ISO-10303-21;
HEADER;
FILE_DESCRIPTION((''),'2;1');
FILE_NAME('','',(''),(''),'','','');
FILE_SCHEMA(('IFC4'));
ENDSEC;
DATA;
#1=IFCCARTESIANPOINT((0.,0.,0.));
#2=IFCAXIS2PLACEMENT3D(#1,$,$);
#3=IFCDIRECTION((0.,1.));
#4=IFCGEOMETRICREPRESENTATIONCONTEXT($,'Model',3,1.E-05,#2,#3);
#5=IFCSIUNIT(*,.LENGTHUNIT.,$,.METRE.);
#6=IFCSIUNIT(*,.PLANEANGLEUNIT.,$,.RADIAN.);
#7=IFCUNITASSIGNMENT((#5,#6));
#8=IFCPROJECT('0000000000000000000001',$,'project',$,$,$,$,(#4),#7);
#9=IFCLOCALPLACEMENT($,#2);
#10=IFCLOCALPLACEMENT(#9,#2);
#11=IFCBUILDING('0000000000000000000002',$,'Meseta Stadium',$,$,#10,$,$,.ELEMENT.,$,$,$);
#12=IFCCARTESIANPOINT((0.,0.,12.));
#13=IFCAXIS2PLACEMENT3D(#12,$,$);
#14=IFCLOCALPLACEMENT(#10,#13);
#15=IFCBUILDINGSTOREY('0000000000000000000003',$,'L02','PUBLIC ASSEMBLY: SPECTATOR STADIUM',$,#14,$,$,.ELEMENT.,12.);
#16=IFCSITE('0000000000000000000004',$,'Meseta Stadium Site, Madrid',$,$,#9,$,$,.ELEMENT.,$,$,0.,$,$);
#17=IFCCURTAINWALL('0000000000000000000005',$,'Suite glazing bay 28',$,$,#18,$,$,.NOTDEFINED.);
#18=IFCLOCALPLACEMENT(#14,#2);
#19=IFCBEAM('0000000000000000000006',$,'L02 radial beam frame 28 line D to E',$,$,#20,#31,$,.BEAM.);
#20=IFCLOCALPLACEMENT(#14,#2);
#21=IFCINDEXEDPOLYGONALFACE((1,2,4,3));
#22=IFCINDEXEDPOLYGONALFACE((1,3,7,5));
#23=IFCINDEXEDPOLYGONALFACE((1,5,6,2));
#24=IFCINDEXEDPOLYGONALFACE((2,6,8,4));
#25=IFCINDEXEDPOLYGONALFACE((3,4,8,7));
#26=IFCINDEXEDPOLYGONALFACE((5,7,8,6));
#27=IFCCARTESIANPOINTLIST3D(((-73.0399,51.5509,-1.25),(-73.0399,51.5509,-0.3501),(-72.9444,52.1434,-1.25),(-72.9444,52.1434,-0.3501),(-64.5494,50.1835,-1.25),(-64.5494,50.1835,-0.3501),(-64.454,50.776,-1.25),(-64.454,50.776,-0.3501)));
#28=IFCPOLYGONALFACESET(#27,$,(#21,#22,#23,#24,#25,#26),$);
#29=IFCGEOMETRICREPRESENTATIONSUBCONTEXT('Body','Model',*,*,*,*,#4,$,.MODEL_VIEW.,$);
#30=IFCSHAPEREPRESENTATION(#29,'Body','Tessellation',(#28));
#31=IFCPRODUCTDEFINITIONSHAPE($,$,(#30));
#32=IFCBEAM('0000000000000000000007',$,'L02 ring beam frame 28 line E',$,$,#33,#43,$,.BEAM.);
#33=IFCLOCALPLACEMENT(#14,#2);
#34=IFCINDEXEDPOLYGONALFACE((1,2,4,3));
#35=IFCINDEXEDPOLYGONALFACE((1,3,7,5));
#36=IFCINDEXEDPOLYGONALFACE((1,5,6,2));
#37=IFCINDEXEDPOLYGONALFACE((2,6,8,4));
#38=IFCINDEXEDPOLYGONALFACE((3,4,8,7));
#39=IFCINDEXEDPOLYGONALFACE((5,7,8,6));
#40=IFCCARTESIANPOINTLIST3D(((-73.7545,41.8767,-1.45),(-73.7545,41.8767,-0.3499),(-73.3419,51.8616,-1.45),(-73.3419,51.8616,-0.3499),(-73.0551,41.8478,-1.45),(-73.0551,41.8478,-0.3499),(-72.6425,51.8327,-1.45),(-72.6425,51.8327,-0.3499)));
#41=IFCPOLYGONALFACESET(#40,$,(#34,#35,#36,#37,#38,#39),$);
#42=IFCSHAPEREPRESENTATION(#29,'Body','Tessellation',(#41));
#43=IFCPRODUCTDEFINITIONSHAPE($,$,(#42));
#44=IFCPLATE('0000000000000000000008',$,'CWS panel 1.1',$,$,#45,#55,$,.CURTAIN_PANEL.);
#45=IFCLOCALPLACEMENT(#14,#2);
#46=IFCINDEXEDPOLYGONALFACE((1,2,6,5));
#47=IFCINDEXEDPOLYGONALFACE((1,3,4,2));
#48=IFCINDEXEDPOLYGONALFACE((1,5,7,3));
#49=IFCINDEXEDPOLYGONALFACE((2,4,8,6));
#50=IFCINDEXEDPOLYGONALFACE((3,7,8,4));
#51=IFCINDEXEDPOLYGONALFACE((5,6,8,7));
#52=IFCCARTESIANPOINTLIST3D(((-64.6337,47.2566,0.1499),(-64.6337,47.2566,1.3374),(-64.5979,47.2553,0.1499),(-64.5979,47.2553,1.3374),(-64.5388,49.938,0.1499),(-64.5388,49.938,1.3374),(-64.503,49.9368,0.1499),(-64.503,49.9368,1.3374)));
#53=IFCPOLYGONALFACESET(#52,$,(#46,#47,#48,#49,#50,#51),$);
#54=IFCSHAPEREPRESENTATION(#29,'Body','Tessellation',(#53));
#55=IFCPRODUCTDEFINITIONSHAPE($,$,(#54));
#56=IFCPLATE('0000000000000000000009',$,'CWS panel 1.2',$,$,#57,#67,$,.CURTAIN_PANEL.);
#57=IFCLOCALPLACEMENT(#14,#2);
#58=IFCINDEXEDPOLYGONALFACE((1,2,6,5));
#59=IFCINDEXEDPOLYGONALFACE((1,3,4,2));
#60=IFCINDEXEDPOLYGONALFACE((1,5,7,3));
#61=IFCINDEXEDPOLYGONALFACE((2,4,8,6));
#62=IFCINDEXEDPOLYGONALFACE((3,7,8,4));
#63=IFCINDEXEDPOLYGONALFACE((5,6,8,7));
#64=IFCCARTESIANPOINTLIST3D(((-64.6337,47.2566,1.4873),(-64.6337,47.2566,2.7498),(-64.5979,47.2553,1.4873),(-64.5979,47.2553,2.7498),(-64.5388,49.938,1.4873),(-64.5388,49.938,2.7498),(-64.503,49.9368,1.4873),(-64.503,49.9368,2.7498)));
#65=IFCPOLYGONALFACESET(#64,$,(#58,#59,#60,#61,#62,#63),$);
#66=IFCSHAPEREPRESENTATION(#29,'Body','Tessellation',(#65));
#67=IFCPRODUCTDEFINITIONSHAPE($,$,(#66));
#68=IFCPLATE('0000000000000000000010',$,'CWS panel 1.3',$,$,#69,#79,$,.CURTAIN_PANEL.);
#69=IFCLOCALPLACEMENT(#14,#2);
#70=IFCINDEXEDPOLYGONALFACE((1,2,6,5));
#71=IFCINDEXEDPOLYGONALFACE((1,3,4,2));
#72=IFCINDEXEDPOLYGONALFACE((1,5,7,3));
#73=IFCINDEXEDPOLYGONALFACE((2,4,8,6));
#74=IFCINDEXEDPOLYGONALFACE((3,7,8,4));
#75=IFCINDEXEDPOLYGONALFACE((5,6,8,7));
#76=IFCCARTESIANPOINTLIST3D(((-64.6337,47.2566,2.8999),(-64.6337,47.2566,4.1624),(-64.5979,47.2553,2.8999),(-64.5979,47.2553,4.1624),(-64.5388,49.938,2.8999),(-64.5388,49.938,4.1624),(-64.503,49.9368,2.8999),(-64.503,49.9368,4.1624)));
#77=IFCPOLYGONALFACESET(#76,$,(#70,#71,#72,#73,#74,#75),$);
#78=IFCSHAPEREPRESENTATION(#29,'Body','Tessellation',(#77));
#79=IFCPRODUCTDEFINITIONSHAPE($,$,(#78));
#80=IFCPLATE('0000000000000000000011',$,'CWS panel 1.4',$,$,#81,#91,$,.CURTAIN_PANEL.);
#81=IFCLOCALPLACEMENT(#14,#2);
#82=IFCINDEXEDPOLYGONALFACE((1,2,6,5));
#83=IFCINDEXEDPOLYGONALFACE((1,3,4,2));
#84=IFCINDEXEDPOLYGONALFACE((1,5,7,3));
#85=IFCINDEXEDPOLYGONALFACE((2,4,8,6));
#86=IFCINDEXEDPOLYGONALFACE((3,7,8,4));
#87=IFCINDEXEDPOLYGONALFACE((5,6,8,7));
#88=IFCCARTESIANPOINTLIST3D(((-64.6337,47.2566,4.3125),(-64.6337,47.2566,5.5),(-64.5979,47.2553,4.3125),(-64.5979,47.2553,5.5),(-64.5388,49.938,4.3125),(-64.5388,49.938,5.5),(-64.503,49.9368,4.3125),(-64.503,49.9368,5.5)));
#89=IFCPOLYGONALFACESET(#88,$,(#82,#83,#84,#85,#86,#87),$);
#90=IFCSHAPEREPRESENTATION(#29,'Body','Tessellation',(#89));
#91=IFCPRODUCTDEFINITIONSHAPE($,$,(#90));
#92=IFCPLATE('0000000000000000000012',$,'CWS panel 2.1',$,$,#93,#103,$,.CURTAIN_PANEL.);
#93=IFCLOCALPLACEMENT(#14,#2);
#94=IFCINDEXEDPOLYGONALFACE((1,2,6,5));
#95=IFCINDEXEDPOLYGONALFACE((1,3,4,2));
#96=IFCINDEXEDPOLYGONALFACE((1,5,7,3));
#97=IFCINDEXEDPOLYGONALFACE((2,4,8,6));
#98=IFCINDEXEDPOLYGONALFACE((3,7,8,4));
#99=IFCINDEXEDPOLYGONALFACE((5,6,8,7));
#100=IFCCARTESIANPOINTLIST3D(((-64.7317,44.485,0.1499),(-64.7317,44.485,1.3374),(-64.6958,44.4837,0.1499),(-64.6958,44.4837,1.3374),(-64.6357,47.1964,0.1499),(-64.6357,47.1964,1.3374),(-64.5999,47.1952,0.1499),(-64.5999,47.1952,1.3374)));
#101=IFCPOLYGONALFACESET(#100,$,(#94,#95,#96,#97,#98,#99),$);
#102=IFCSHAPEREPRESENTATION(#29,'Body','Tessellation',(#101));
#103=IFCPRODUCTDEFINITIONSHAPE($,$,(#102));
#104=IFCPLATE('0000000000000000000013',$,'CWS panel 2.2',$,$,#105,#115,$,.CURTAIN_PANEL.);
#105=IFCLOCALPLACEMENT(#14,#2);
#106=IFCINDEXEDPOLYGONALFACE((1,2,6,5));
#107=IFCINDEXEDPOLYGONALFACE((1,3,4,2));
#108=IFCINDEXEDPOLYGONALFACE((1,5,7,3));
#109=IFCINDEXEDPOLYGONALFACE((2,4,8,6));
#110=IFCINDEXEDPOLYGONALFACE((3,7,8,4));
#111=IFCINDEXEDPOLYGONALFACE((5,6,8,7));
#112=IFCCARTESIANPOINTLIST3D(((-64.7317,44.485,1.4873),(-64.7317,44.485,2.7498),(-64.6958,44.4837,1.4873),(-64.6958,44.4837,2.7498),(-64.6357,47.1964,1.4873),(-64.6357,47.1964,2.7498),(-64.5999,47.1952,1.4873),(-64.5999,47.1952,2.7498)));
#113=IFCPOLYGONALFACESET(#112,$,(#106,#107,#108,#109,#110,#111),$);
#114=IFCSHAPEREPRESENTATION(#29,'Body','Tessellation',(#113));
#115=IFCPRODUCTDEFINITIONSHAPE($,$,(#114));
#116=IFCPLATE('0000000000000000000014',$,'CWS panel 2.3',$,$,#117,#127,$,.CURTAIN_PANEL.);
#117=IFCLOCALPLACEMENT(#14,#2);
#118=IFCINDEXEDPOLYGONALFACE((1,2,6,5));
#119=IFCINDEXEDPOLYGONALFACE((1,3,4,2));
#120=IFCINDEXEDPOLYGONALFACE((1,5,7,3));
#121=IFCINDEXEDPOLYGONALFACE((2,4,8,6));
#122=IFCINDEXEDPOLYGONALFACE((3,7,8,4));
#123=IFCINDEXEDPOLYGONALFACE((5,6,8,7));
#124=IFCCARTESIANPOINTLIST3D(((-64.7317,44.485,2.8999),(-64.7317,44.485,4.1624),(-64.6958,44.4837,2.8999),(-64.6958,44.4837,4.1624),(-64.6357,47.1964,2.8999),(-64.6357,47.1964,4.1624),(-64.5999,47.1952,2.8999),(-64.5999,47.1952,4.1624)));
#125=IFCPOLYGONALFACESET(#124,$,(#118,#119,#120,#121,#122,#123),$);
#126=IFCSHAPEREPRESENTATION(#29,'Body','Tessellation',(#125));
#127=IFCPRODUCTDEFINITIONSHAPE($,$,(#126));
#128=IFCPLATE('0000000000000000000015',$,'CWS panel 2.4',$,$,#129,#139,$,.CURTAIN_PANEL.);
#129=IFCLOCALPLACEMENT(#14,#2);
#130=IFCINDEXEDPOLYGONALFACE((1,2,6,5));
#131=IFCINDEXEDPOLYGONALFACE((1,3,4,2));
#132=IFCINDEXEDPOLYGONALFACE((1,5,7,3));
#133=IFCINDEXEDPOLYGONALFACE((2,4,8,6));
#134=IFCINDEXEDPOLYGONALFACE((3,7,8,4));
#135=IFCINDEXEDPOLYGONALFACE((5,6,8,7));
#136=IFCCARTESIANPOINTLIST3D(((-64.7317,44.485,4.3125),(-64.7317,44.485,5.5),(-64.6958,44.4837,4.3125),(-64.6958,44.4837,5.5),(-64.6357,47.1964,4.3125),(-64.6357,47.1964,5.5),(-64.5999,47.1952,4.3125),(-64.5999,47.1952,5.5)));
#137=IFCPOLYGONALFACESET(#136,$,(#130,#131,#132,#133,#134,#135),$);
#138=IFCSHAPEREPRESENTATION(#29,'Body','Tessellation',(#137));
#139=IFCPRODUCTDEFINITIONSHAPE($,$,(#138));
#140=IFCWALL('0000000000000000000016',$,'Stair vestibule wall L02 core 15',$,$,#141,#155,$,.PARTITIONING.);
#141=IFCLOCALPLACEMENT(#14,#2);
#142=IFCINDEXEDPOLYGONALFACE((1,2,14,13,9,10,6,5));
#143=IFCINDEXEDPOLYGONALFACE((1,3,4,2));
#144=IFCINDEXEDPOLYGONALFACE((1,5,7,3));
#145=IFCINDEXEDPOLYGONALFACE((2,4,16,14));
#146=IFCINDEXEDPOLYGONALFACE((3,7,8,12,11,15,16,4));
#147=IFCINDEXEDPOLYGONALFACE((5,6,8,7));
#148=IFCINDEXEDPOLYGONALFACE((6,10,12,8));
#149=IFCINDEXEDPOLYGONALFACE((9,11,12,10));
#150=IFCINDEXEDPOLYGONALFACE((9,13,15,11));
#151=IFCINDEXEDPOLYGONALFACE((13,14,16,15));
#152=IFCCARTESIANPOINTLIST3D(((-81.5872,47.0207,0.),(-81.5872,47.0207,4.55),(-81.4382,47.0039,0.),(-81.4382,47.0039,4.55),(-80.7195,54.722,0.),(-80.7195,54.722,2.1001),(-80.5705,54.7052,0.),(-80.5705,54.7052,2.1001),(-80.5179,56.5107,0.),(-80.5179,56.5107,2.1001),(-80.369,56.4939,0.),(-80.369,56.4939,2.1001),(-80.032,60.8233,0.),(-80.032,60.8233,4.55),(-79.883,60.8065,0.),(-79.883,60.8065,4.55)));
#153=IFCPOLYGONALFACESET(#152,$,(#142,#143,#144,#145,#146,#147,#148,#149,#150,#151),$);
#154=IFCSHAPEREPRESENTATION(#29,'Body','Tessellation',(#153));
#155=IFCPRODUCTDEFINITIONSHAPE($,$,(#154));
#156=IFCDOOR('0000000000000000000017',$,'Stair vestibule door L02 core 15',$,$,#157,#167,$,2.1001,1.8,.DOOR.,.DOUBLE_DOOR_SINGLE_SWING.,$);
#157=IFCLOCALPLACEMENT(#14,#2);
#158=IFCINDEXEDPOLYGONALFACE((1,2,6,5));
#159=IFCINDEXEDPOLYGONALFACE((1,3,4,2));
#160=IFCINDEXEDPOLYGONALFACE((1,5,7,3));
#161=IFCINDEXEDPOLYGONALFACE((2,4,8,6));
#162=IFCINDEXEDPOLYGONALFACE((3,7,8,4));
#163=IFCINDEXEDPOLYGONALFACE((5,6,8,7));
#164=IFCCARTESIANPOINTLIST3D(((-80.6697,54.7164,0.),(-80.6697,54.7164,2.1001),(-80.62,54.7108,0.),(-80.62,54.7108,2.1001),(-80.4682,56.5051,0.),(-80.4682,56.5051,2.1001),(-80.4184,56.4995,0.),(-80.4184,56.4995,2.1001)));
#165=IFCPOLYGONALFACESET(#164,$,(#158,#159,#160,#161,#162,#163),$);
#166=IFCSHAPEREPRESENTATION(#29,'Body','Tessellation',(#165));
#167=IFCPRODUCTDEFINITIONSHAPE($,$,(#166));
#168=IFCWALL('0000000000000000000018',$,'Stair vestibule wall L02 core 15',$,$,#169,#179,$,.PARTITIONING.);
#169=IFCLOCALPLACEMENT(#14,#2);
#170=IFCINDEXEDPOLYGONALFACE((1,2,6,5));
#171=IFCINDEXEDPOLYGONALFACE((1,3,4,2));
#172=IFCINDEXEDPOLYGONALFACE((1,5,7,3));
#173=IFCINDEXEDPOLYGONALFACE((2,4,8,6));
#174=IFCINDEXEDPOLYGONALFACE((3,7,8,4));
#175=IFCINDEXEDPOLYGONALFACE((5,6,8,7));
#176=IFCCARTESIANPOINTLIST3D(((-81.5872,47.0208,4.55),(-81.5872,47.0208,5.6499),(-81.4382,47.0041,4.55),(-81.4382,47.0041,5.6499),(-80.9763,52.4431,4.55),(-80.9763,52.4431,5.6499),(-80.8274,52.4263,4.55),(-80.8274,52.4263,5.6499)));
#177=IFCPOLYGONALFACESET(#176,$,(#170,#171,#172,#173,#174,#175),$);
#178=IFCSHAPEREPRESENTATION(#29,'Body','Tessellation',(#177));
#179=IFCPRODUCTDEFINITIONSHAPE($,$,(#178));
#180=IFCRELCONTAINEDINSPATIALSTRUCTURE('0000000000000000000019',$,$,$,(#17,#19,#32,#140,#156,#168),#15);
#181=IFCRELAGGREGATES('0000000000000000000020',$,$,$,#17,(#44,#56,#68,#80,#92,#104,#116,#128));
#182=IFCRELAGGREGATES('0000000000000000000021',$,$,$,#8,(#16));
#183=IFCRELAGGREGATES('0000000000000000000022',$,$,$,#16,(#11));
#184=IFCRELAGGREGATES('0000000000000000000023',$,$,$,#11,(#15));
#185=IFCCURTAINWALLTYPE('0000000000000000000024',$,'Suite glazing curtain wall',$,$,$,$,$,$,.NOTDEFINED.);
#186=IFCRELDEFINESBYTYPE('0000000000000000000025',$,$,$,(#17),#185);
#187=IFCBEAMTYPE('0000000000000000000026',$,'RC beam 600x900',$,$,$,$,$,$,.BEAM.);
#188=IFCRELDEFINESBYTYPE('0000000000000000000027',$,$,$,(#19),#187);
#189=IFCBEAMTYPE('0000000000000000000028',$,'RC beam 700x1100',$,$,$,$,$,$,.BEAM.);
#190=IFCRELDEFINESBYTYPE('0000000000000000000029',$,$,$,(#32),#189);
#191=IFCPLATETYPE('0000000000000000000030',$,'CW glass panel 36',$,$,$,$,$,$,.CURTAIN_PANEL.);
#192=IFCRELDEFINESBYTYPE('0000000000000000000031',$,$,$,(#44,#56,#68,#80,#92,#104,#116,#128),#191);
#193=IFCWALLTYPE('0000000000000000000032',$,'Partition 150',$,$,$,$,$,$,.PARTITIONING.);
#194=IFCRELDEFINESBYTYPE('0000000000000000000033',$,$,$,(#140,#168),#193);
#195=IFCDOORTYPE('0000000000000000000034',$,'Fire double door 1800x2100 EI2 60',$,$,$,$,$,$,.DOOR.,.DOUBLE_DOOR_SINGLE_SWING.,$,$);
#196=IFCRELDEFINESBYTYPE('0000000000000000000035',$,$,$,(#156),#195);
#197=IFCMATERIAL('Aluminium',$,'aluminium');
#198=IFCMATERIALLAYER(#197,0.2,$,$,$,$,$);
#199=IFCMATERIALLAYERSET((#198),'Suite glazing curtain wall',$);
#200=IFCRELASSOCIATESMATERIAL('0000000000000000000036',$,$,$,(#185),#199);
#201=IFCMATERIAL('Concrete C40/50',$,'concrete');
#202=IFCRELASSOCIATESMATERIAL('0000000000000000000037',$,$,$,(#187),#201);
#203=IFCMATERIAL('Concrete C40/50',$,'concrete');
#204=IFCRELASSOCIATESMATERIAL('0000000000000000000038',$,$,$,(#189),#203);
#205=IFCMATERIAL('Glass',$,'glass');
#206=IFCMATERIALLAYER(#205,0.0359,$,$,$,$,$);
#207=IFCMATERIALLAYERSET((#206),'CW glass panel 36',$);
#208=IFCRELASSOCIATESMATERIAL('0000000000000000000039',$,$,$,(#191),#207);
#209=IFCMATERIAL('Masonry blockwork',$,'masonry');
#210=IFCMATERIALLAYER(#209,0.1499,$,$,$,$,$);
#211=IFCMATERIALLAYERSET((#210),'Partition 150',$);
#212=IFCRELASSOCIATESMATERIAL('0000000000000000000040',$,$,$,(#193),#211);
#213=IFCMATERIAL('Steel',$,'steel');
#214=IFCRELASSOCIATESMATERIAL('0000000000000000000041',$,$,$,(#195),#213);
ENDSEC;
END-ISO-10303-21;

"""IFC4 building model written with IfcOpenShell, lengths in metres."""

from ifc_helpers import new_model, si_unit, direction, frame, frame_2d, origin, origin_2d, place, context, subcontext, project, spatial, rectangle, extrude, material, layer, layer_set, material_profile, profile_set, type_object, element, fill, aggregate, save


model = new_model("IFC4")

# Units and contexts
model_context = context("Model", 3, precision=1e-05, world=origin(), true_north=direction((0.0, 1.0)))
body_context = subcontext(model_context, "Body", "Model", "MODEL_VIEW")
ifc_project = project(units=[si_unit("LENGTHUNIT", "METRE"), si_unit("PLANEANGLEUNIT", "RADIAN")], contexts=[model_context])

# Site, building, storey
site_placement = place(None, origin())
site = spatial("IfcSite", under=ifc_project, at=site_placement, Name="Meseta Stadium Site, Madrid", CompositionType="ELEMENT", RefElevation=0.0)
building_placement = place(site_placement, origin())
building = spatial("IfcBuilding", under=site, at=building_placement, Name="Meseta Stadium", CompositionType="ELEMENT")
storey_placement = place(building_placement, frame((0.0, 0.0, 12.0)))
storey = spatial("IfcBuildingStorey", under=building, at=storey_placement, Name="L02", Description="PUBLIC ASSEMBLY: SPECTATOR STADIUM", CompositionType="ELEMENT", Elevation=12.0)

# Shared definitions
ifc_material_1 = material(Name="Aluminium", Category="aluminium")
ifc_layer_1 = layer(ifc_material_1, 0.2)
ifc_layer_set_1 = layer_set([ifc_layer_1], Name="Suite glazing curtain wall")
curtain_wall_type = type_object("IfcCurtainWallType", Name="Suite glazing curtain wall", PredefinedType="NOTDEFINED", material=ifc_layer_set_1)

# Curtain wall
curtain_wall_1_placement = place(storey_placement, origin())
curtain_wall_1 = element("IfcCurtainWall", 1, at=curtain_wall_1_placement, inside=storey, type_object=curtain_wall_type, Name="Suite glazing bay 28", PredefinedType="NOTDEFINED")

# Beams
ifc_material_2 = material(Name="Concrete C40/50", Category="concrete")
ifc_material_profile_1 = material_profile(ifc_material_2, rectangle(XDim=0.6001, YDim=0.8999, at=origin_2d()), Name="RC 600x900")
ifc_profile_set_1 = profile_set([ifc_material_profile_1], Name="Concrete C40/50")
beam_type_1 = type_object("IfcBeamType", Name="RC beam 600x900", PredefinedType="BEAM", material=ifc_profile_set_1)
beam_1_placement = place(storey_placement, frame((-64.5017, 50.4797, -0.8), z_axis=(-0.987278, 0.159006, 0.0), x_axis=(-0.159006, -0.987278, 0.0)))
element("IfcBeam", 2, at=beam_1_placement, inside=storey, type_object=beam_type_1, Name="L02 radial beam frame 28 line D to E", PredefinedType="BEAM", context=body_context, shape_type="SweptSolid", body=[
    extrude(rectangle(XDim=0.6001, YDim=0.8999, at=origin_2d()), origin(), (0.0, 0.0, 1.0), 8.5999),
])
ifc_material_3 = material(Name="Concrete C40/50", Category="concrete")
ifc_material_profile_2 = material_profile(ifc_material_3, rectangle(XDim=0.7, YDim=1.1001, at=origin_2d()), Name="RC 700x1100")
ifc_profile_set_2 = profile_set([ifc_material_profile_2], Name="Concrete C40/50")
beam_type_2 = type_object("IfcBeamType", Name="RC beam 700x1100", PredefinedType="BEAM", material=ifc_profile_set_2)
beam_2_placement = place(storey_placement, frame((-72.9922, 51.8472, -0.8999), z_axis=(-0.041287, -0.999147, 0.0), x_axis=(0.999147, -0.041287, 0.0)))
element("IfcBeam", 3, at=beam_2_placement, inside=storey, type_object=beam_type_2, Name="L02 ring beam frame 28 line E", PredefinedType="BEAM", context=body_context, shape_type="SweptSolid", body=[
    extrude(rectangle(XDim=0.7, YDim=1.1001, at=origin_2d()), origin(), (0.0, 0.0, 1.0), 9.9934),
])

# Plates
ifc_material_4 = material(Name="Glass", Category="glass")
ifc_layer_2 = layer(ifc_material_4, 0.0359)
ifc_layer_set_2 = layer_set([ifc_layer_2], Name="CW glass panel 36")
plate_type = type_object("IfcPlateType", Name="CW glass panel 36", PredefinedType="CURTAIN_PANEL", material=ifc_layer_set_2)
plate_1_placement = place(storey_placement, frame((-64.5684, 48.5967, 0.1499), z_axis=(0.0, 0.0, 1.0), x_axis=(-0.035371, -0.999374, 0.0)))
plate_1 = element("IfcPlate", 4, at=plate_1_placement, type_object=plate_type, Name="CWS panel 1.1", PredefinedType="CURTAIN_PANEL", context=body_context, shape_type="SweptSolid", body=[
    extrude(rectangle(XDim=2.6831, YDim=0.0359, at=origin_2d()), origin(), (0.0, 0.0, 1.0), 1.1875),
])
plate_2_placement = place(storey_placement, frame((-64.5684, 48.5967, 1.4873), z_axis=(0.0, 0.0, 1.0), x_axis=(-0.035371, -0.999374, 0.0)))
plate_2 = element("IfcPlate", 5, at=plate_2_placement, type_object=plate_type, Name="CWS panel 1.2", PredefinedType="CURTAIN_PANEL", context=body_context, shape_type="SweptSolid", body=[
    extrude(rectangle(XDim=2.6831, YDim=0.0359, at=origin_2d()), origin(), (0.0, 0.0, 1.0), 1.2625),
])
plate_3_placement = place(storey_placement, frame((-64.5684, 48.5967, 2.8999), z_axis=(0.0, 0.0, 1.0), x_axis=(-0.035371, -0.999374, 0.0)))
plate_3 = element("IfcPlate", 6, at=plate_3_placement, type_object=plate_type, Name="CWS panel 1.3", PredefinedType="CURTAIN_PANEL", context=body_context, shape_type="SweptSolid", body=[
    extrude(rectangle(XDim=2.6831, YDim=0.0359, at=origin_2d()), origin(), (0.0, 0.0, 1.0), 1.2625),
])
plate_4_placement = place(storey_placement, frame((-64.5684, 48.5967, 4.3125), z_axis=(0.0, 0.0, 1.0), x_axis=(-0.035371, -0.999374, 0.0)))
plate_4 = element("IfcPlate", 7, at=plate_4_placement, type_object=plate_type, Name="CWS panel 1.4", PredefinedType="CURTAIN_PANEL", context=body_context, shape_type="SweptSolid", body=[
    extrude(rectangle(XDim=2.6831, YDim=0.0359, at=origin_2d()), origin(), (0.0, 0.0, 1.0), 1.1875),
])
plate_5_placement = place(storey_placement, frame((-64.6658, 45.8401, 0.1499), z_axis=(0.0, 0.0, 1.0), x_axis=(-0.035371, -0.999374, 0.0)))
plate_5 = element("IfcPlate", 8, at=plate_5_placement, type_object=plate_type, Name="CWS panel 2.1", PredefinedType="CURTAIN_PANEL", context=body_context, shape_type="SweptSolid", body=[
    extrude(rectangle(XDim=2.7131, YDim=0.0359, at=origin_2d()), origin(), (0.0, 0.0, 1.0), 1.1875),
])
plate_6_placement = place(storey_placement, frame((-64.6658, 45.8401, 1.4873), z_axis=(0.0, 0.0, 1.0), x_axis=(-0.035371, -0.999374, 0.0)))
plate_6 = element("IfcPlate", 9, at=plate_6_placement, type_object=plate_type, Name="CWS panel 2.2", PredefinedType="CURTAIN_PANEL", context=body_context, shape_type="SweptSolid", body=[
    extrude(rectangle(XDim=2.7131, YDim=0.0359, at=origin_2d()), origin(), (0.0, 0.0, 1.0), 1.2625),
])
plate_7_placement = place(storey_placement, frame((-64.6658, 45.8401, 2.8999), z_axis=(0.0, 0.0, 1.0), x_axis=(-0.035371, -0.999374, 0.0)))
plate_7 = element("IfcPlate", 10, at=plate_7_placement, type_object=plate_type, Name="CWS panel 2.3", PredefinedType="CURTAIN_PANEL", context=body_context, shape_type="SweptSolid", body=[
    extrude(rectangle(XDim=2.7131, YDim=0.0359, at=origin_2d()), origin(), (0.0, 0.0, 1.0), 1.2625),
])
plate_8_placement = place(storey_placement, frame((-64.6658, 45.8401, 4.3125), z_axis=(0.0, 0.0, 1.0), x_axis=(-0.035371, -0.999374, 0.0)))
plate_8 = element("IfcPlate", 11, at=plate_8_placement, type_object=plate_type, Name="CWS panel 2.4", PredefinedType="CURTAIN_PANEL", context=body_context, shape_type="SweptSolid", body=[
    extrude(rectangle(XDim=2.7131, YDim=0.0359, at=origin_2d()), origin(), (0.0, 0.0, 1.0), 1.1875),
])
aggregate(curtain_wall_1, [plate_1, plate_2, plate_3, plate_4, plate_5, plate_6, plate_7, plate_8])

# Wall, opening, door
ifc_material_5 = material(Name="Masonry blockwork", Category="masonry")
ifc_layer_3 = layer(ifc_material_5, 0.1499)
ifc_layer_set_3 = layer_set([ifc_layer_3], Name="Partition 150")
wall_type = type_object("IfcWallType", Name="Partition 150", PredefinedType="PARTITIONING", material=ifc_layer_set_3)
wall_1_placement = place(storey_placement, frame((-81.5127, 47.0125, 0.0), z_axis=(0.0, 0.0, 1.0), x_axis=(0.111965, 0.993712, 0.0)))
wall_1 = element("IfcWall", 12, at=wall_1_placement, inside=storey, type_object=wall_type, Name="Stair vestibule wall L02 core 15", PredefinedType="PARTITIONING", context=body_context, shape_type="SweptSolid", body=[
    extrude(rectangle(XDim=13.8899, YDim=0.1499, at=frame_2d((6.9448, 0.0))), origin(), (0.0, 0.0, 1.0), 4.55),
])
opening_placement = place(wall_1_placement, frame((7.75, 0.0, 0.0)))
opening = element("IfcOpeningElement", 13, at=opening_placement, cuts=wall_1, PredefinedType="OPENING", context=body_context, shape_type="SweptSolid", body=[
    extrude(rectangle(XDim=1.8, YDim=2.1001, at=frame_2d((0.8999, 1.05))), frame((0.0, 0.085, 0.0), z_axis=(0.0, -1.0, 0.0), x_axis=(1.0, 0.0, 0.0)), (0.0, 0.0, 1.0), 0.1699),
])
ifc_material_6 = material(Name="Steel", Category="steel")
door_type = type_object("IfcDoorType", Name="Fire double door 1800x2100 EI2 60", OperationType="DOUBLE_DOOR_SINGLE_SWING", PredefinedType="DOOR", material=ifc_material_6)
door_placement = place(opening_placement, origin())
door = element("IfcDoor", 14, at=door_placement, inside=storey, type_object=door_type, Name="Stair vestibule door L02 core 15", OperationType="DOUBLE_DOOR_SINGLE_SWING", OverallHeight=2.1001, OverallWidth=1.8, PredefinedType="DOOR", context=body_context, shape_type="SweptSolid", body=[
    extrude(rectangle(XDim=1.8, YDim=2.1001, at=frame_2d((0.8999, 1.05))), frame((0.0, 0.0249, 0.0), z_axis=(0.0, -1.0, 0.0), x_axis=(1.0, 0.0, 0.0)), (0.0, 0.0, 1.0), 0.05),
])
fill(opening, door)

# Wall
wall_2_placement = place(storey_placement, frame((-81.5127, 47.0125, 4.55), z_axis=(0.0, 0.0, 1.0), x_axis=(0.111944, 0.993715, 0.0)))
element("IfcWall", 15, at=wall_2_placement, inside=storey, type_object=wall_type, Name="Stair vestibule wall L02 core 15", PredefinedType="PARTITIONING", context=body_context, shape_type="SweptSolid", body=[
    extrude(rectangle(XDim=5.4565, YDim=0.1499, at=frame_2d((2.7283, 0.0))), origin(), (0.0, 0.0, 1.0), 1.0999),
])

save(model, "model.ifc")
